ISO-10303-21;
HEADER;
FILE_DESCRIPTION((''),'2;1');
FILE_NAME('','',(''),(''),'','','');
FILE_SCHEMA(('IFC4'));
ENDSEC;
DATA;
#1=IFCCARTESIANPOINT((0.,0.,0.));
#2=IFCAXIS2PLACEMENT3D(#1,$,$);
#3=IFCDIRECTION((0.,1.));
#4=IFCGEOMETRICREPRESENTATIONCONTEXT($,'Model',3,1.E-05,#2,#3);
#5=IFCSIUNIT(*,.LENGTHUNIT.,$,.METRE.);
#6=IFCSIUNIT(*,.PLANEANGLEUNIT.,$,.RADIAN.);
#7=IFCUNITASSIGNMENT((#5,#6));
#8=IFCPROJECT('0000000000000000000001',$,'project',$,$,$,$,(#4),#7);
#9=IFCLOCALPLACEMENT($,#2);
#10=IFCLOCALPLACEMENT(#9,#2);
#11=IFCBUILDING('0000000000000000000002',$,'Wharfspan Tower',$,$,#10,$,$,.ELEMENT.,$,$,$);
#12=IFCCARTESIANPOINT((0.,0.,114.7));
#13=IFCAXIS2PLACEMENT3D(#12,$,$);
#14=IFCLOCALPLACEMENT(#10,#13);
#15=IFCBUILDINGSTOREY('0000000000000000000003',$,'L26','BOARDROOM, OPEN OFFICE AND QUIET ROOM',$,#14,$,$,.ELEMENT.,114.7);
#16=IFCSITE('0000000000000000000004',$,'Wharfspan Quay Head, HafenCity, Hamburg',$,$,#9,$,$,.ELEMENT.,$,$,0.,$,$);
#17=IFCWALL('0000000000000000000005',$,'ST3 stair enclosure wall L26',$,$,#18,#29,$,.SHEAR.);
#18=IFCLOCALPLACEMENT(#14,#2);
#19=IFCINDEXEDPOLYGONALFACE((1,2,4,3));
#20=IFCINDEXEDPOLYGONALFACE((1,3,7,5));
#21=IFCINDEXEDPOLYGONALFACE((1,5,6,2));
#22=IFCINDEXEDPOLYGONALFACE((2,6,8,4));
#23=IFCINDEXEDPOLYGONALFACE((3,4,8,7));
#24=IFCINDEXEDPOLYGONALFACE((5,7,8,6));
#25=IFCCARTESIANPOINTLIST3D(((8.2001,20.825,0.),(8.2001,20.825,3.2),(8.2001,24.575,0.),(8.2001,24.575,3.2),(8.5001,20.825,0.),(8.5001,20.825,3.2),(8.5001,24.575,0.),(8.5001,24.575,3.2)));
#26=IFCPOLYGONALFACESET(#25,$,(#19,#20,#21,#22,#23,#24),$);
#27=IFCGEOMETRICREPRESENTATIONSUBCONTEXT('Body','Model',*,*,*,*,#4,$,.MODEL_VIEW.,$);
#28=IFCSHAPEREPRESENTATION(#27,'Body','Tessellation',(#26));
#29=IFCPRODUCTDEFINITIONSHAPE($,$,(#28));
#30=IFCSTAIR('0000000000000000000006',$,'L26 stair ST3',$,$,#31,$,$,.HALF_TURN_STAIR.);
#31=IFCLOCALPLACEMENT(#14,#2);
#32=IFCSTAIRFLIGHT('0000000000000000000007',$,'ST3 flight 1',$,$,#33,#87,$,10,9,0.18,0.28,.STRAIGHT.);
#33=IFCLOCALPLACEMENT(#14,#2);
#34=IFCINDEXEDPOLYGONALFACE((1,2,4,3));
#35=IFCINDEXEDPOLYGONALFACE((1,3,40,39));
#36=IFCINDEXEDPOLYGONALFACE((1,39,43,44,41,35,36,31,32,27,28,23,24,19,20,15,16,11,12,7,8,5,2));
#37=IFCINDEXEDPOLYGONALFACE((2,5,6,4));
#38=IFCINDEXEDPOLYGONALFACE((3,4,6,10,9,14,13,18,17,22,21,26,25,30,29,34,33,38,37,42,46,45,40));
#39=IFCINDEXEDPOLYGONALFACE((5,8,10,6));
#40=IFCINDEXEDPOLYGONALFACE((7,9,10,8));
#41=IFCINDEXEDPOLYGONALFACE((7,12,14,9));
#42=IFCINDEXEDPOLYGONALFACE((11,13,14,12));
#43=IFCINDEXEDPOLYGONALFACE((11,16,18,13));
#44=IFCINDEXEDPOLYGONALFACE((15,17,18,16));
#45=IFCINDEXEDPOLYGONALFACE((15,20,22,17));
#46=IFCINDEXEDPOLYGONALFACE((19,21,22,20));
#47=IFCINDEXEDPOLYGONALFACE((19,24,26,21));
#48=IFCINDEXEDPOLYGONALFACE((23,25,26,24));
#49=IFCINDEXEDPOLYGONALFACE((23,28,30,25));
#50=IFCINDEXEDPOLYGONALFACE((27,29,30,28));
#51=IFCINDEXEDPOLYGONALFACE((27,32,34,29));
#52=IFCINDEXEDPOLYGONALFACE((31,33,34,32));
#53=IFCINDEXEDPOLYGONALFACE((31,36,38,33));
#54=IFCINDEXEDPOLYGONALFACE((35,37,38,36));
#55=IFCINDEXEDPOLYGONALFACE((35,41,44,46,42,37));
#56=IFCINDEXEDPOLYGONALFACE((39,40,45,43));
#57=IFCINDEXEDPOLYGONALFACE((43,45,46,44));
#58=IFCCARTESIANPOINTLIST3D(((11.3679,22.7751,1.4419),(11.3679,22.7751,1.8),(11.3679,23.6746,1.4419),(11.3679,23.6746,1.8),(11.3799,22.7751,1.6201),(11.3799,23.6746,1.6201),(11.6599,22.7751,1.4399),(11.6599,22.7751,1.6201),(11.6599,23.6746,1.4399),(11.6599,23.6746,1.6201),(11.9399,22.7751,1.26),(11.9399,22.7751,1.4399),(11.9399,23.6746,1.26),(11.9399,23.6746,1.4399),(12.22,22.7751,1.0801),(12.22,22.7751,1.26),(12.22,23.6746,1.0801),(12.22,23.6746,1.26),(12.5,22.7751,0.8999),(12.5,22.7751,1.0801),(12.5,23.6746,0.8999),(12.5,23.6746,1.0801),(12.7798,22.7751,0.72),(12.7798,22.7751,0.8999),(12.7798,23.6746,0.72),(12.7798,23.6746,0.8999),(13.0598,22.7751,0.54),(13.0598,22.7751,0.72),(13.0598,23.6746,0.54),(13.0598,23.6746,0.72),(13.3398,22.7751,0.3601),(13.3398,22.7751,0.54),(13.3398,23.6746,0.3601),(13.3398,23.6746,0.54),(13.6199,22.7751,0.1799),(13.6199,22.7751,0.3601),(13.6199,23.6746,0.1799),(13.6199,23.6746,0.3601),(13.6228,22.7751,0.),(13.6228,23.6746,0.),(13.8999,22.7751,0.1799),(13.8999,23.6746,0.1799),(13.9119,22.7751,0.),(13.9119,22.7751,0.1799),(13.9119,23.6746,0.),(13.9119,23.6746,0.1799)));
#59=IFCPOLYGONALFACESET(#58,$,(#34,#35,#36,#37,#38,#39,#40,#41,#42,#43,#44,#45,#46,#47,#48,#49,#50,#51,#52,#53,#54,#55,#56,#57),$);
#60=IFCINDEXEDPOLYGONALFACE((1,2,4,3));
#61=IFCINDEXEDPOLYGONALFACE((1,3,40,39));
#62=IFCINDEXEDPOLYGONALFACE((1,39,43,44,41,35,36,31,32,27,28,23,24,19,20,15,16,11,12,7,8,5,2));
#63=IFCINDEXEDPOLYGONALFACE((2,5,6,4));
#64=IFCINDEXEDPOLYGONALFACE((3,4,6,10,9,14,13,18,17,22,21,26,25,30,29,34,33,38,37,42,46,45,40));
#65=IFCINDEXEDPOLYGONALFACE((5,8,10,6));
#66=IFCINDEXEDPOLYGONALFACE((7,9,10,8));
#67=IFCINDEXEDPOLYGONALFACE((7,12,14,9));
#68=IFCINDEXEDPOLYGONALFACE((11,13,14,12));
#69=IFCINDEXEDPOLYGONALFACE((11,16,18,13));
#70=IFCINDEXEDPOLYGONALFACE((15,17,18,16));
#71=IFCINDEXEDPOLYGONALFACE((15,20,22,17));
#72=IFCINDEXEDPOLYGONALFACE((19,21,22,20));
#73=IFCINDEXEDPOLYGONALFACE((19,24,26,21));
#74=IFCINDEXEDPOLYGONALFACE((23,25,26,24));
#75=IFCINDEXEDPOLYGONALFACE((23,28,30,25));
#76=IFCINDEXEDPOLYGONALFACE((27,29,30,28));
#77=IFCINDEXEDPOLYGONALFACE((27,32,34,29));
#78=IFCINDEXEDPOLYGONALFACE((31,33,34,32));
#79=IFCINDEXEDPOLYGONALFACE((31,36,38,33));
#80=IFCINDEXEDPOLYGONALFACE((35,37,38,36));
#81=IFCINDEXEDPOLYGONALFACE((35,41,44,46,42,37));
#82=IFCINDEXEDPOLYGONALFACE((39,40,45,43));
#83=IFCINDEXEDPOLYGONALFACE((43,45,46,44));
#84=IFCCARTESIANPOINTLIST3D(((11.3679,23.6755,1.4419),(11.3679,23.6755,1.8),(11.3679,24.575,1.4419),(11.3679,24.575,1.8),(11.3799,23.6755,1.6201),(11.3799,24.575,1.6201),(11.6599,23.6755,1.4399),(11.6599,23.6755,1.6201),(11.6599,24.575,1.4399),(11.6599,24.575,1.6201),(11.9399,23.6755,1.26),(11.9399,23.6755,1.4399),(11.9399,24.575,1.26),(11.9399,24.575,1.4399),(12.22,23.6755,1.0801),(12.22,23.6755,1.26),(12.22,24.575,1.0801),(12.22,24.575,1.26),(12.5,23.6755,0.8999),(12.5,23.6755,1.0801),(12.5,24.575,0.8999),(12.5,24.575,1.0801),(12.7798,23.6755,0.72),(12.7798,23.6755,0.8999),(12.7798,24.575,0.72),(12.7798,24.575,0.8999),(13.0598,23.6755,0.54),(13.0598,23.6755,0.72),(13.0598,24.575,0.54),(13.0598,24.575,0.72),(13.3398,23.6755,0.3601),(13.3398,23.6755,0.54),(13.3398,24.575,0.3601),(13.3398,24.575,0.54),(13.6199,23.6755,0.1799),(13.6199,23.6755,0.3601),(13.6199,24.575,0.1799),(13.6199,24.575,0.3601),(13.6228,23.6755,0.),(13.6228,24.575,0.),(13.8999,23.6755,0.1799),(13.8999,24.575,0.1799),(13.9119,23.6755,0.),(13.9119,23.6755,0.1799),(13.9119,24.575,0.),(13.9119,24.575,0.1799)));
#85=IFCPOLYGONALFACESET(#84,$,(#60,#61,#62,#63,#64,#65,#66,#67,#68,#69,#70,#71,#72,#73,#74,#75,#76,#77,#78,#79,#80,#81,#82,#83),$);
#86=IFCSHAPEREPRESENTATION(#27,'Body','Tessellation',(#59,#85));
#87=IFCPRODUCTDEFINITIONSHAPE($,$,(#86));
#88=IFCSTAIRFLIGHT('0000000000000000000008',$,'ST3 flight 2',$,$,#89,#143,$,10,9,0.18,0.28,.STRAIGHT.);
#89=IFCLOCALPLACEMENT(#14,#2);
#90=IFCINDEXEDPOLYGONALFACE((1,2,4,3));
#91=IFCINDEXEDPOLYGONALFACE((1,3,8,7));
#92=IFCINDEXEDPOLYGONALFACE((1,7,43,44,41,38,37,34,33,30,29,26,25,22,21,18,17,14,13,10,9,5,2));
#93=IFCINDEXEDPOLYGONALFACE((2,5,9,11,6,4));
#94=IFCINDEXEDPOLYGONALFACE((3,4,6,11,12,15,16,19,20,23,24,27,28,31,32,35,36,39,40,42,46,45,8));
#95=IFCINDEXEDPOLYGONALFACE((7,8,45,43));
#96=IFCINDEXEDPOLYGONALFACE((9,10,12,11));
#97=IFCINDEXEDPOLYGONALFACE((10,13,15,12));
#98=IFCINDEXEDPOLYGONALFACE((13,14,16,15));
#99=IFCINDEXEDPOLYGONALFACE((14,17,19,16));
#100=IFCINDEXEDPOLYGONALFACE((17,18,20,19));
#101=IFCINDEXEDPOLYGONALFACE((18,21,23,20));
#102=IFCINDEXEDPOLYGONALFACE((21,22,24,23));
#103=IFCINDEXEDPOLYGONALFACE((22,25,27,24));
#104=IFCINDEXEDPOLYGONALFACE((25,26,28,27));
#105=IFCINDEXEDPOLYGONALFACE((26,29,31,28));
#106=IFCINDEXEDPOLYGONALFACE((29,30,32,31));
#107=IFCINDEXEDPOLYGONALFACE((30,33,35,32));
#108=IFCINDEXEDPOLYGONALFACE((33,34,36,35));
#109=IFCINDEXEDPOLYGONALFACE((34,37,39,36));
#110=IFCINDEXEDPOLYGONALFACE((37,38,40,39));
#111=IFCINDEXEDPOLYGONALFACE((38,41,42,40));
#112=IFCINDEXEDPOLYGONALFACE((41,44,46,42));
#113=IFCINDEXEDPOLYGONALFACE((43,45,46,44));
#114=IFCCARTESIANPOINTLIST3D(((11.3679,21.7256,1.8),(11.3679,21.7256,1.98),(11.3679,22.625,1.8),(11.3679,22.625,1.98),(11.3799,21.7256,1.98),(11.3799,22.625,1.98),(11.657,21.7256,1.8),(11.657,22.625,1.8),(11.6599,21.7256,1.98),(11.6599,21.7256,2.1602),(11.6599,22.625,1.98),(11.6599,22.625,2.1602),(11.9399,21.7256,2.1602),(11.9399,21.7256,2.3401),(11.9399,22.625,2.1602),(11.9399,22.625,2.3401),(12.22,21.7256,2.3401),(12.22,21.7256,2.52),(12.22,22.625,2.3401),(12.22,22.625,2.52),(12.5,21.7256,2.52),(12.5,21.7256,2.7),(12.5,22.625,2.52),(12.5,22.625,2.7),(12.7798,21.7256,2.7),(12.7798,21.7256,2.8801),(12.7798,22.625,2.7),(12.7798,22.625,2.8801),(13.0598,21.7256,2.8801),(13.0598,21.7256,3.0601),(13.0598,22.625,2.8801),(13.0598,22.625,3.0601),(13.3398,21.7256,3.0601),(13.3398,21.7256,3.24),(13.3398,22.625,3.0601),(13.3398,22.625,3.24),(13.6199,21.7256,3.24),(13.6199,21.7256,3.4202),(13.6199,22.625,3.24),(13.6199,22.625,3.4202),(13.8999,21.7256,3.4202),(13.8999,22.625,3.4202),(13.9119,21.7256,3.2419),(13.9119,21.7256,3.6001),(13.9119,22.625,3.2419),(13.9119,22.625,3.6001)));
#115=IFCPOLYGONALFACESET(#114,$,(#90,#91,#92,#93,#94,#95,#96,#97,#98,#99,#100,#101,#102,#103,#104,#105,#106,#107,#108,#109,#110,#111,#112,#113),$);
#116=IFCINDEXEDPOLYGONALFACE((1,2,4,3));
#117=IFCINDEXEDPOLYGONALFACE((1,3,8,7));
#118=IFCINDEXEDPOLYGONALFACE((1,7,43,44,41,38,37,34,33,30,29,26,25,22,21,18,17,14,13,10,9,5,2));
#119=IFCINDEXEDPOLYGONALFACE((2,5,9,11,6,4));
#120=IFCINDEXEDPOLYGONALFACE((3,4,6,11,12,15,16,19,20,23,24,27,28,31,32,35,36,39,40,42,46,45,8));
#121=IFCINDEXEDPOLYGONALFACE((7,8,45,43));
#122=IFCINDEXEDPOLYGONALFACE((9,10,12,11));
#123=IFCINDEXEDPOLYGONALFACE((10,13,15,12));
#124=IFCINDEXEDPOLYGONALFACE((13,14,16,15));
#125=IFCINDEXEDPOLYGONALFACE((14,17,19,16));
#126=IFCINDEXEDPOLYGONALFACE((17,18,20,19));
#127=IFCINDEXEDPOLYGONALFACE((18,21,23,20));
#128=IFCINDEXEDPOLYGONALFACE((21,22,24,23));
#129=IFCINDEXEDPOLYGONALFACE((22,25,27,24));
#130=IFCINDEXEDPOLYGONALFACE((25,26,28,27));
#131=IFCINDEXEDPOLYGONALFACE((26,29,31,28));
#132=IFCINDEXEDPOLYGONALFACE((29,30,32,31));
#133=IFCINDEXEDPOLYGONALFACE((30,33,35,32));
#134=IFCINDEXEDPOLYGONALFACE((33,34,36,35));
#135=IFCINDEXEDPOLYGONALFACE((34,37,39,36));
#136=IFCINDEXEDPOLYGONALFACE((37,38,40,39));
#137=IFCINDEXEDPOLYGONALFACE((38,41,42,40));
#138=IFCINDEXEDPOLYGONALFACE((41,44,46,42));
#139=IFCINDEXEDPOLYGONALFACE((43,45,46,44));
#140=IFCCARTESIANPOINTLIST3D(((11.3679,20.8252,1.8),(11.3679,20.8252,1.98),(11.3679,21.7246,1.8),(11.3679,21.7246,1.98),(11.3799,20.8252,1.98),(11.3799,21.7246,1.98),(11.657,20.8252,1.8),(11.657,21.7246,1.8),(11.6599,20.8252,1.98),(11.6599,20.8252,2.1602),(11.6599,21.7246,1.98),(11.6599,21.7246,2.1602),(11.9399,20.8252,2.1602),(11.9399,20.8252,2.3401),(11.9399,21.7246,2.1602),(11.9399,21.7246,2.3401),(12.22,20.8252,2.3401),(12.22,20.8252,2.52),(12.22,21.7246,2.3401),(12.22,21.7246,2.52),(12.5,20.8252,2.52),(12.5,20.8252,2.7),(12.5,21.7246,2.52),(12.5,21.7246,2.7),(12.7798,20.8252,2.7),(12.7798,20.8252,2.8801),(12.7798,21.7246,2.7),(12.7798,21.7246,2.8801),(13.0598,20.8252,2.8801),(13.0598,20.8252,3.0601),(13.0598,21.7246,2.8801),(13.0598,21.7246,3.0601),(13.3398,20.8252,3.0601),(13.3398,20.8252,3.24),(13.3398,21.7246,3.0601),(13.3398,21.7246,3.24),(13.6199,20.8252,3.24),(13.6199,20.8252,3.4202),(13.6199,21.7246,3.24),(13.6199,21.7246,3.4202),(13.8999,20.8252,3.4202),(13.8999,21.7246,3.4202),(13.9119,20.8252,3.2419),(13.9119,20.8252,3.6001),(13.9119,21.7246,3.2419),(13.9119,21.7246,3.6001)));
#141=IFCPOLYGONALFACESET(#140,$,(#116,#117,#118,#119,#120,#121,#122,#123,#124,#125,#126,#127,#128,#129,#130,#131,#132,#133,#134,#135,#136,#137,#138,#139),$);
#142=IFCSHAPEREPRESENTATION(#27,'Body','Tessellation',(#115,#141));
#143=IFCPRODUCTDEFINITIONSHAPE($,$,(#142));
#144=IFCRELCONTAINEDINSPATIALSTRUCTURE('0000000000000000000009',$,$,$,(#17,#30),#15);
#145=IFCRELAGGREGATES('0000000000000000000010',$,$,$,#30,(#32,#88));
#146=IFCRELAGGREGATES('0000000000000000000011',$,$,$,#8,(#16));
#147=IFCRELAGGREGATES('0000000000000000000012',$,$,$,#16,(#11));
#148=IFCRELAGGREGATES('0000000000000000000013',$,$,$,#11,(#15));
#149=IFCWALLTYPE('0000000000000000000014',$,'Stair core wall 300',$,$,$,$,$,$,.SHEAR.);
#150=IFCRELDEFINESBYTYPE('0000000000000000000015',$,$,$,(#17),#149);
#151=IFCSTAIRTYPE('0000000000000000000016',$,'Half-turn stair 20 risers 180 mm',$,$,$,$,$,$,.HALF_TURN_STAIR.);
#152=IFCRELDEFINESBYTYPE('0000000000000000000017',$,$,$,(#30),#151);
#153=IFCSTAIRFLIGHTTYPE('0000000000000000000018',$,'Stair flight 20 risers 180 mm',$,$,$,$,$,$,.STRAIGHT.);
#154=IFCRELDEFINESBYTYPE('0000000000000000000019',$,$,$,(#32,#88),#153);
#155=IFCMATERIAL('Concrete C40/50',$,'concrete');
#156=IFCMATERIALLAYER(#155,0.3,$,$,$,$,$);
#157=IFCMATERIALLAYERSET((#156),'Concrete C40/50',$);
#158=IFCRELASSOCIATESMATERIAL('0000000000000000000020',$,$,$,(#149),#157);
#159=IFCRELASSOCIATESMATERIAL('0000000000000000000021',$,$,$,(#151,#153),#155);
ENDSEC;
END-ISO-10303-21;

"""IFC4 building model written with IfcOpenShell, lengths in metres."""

from ifc_helpers import new_model, si_unit, direction, frame, frame_2d, origin, place, context, subcontext, project, spatial, polyline, rectangle, outline, extrude, material, layer, layer_set, type_object, element, aggregate, save


model = new_model("IFC4")

# Units and contexts
model_context = context("Model", 3, precision=1e-05, world=origin(), true_north=direction((0.0, 1.0)))
body_context = subcontext(model_context, "Body", "Model", "MODEL_VIEW")
ifc_project = project(units=[si_unit("LENGTHUNIT", "METRE"), si_unit("PLANEANGLEUNIT", "RADIAN")], contexts=[model_context])

# Site, building, storey
site_placement = place(None, origin())
site = spatial("IfcSite", under=ifc_project, at=site_placement, Name="Wharfspan Quay Head, HafenCity, Hamburg", CompositionType="ELEMENT", RefElevation=0.0)
building_placement = place(site_placement, origin())
building = spatial("IfcBuilding", under=site, at=building_placement, Name="Wharfspan Tower", CompositionType="ELEMENT")
storey_placement = place(building_placement, frame((0.0, 0.0, 114.7)))
storey = spatial("IfcBuildingStorey", under=building, at=storey_placement, Name="L26", Description="BOARDROOM, OPEN OFFICE AND QUIET ROOM", CompositionType="ELEMENT", Elevation=114.7)

# Wall
ifc_material_1 = material(Name="Concrete C40/50", Category="concrete")
ifc_layer_1 = layer(ifc_material_1, 0.3)
ifc_layer_set_1 = layer_set([ifc_layer_1], Name="Concrete C40/50")
wall_type_1 = type_object("IfcWallType", Name="Stair core wall 300", PredefinedType="SHEAR", material=ifc_layer_set_1)
wall_1_placement = place(storey_placement, frame((8.3501, 20.825, 0.0), z_axis=(0.0, 0.0, 1.0), x_axis=(0.0, 1.0, 0.0)))
element("IfcWall", 1, at=wall_1_placement, inside=storey, type_object=wall_type_1, Name="ST3 stair enclosure wall L26", PredefinedType="SHEAR", context=body_context, shape_type="SweptSolid", body=[
    extrude(rectangle(XDim=3.75, YDim=0.3, at=frame_2d((1.875, 0.0))), origin(), (0.0, 0.0, 1.0), 3.2),
])

# Stair, stair flights
stair_type = type_object("IfcStairType", Name="Half-turn stair 20 risers 180 mm", PredefinedType="HALF_TURN_STAIR", material=ifc_material_1)
stair_placement = place(storey_placement, origin())
stair = element("IfcStair", 2, at=stair_placement, inside=storey, type_object=stair_type, Name="L26 stair ST3", PredefinedType="HALF_TURN_STAIR")
stair_flight_type = type_object("IfcStairFlightType", Name="Stair flight 20 risers 180 mm", PredefinedType="STRAIGHT", material=ifc_material_1)
stair_flight_1_placement = place(storey_placement, frame((13.8999, 23.675, 0.0), z_axis=(0.0, 0.0, 1.0), x_axis=(-1.0, 0.0, 0.0)))
stair_flight_1 = element("IfcStairFlight", 3, at=stair_flight_1_placement, type_object=stair_flight_type, Name="ST3 flight 1", NumberOfRisers=10, NumberOfTreads=9, PredefinedType="STRAIGHT", RiserHeight=0.18, TreadLength=0.28, context=body_context, shape_type="SweptSolid", body=[
    extrude(outline(polyline([(-0.012, 0.0), (-0.012, 0.1799), (0.0, 0.1799), (0.28, 0.1799), (0.28, 0.3601), (0.5601, 0.3601), (0.5601, 0.54), (0.8401, 0.54), (0.8401, 0.72), (1.1201, 0.72), (1.1201, 0.8999), (1.3999, 0.8999), (1.3999, 1.0801), (1.6799, 1.0801), (1.6799, 1.26), (1.96, 1.26), (1.96, 1.4399), (2.24, 1.4399), (2.24, 1.6201), (2.52, 1.6201), (2.532, 1.8), (2.532, 1.4419), (0.2771, 0.0), (-0.012, 0.0)])), frame((0.0, 0.8999, 0.0), z_axis=(0.0, -1.0, 0.0), x_axis=(1.0, 0.0, 0.0)), (0.0, 0.0, 1.0), 0.8994),
    extrude(outline(polyline([(-0.012, 0.0), (-0.012, 0.1799), (0.0, 0.1799), (0.28, 0.1799), (0.28, 0.3601), (0.5601, 0.3601), (0.5601, 0.54), (0.8401, 0.54), (0.8401, 0.72), (1.1201, 0.72), (1.1201, 0.8999), (1.3999, 0.8999), (1.3999, 1.0801), (1.6799, 1.0801), (1.6799, 1.26), (1.96, 1.26), (1.96, 1.4399), (2.24, 1.4399), (2.24, 1.6201), (2.52, 1.6201), (2.532, 1.8), (2.532, 1.4419), (0.2771, 0.0), (-0.012, 0.0)])), frame((0.0, -0.0005, 0.0), z_axis=(0.0, -1.0, 0.0), x_axis=(1.0, 0.0, 0.0)), (0.0, 0.0, 1.0), 0.8994),
])
stair_flight_2_placement = place(storey_placement, frame((11.3799, 21.7251, 1.8), z_axis=(0.0, 0.0, 1.0), x_axis=(1.0, 0.0, 0.0)))
stair_flight_2 = element("IfcStairFlight", 4, at=stair_flight_2_placement, type_object=stair_flight_type, Name="ST3 flight 2", NumberOfRisers=10, NumberOfTreads=9, PredefinedType="STRAIGHT", RiserHeight=0.18, TreadLength=0.28, context=body_context, shape_type="SweptSolid", body=[
    extrude(outline(polyline([(-0.012, 0.0), (-0.012, 0.1799), (0.0, 0.1799), (0.28, 0.1799), (0.28, 0.3601), (0.5601, 0.3601), (0.5601, 0.54), (0.8401, 0.54), (0.8401, 0.72), (1.1201, 0.72), (1.1201, 0.8999), (1.3999, 0.8999), (1.3999, 1.0801), (1.6799, 1.0801), (1.6799, 1.26), (1.96, 1.26), (1.96, 1.4399), (2.24, 1.4399), (2.24, 1.6201), (2.52, 1.6201), (2.532, 1.8), (2.532, 1.4419), (0.2771, 0.0), (-0.012, 0.0)])), frame((0.0, 0.8999, 0.0), z_axis=(0.0, -1.0, 0.0), x_axis=(1.0, 0.0, 0.0)), (0.0, 0.0, 1.0), 0.8994),
    extrude(outline(polyline([(-0.012, 0.0), (-0.012, 0.1799), (0.0, 0.1799), (0.28, 0.1799), (0.28, 0.3601), (0.5601, 0.3601), (0.5601, 0.54), (0.8401, 0.54), (0.8401, 0.72), (1.1201, 0.72), (1.1201, 0.8999), (1.3999, 0.8999), (1.3999, 1.0801), (1.6799, 1.0801), (1.6799, 1.26), (1.96, 1.26), (1.96, 1.4399), (2.24, 1.4399), (2.24, 1.6201), (2.52, 1.6201), (2.532, 1.8), (2.532, 1.4419), (0.2771, 0.0), (-0.012, 0.0)])), frame((0.0, -0.0005, 0.0), z_axis=(0.0, -1.0, 0.0), x_axis=(1.0, 0.0, 0.0)), (0.0, 0.0, 1.0), 0.8994),
])
aggregate(stair, [stair_flight_1, stair_flight_2])

save(model, "model.ifc")
